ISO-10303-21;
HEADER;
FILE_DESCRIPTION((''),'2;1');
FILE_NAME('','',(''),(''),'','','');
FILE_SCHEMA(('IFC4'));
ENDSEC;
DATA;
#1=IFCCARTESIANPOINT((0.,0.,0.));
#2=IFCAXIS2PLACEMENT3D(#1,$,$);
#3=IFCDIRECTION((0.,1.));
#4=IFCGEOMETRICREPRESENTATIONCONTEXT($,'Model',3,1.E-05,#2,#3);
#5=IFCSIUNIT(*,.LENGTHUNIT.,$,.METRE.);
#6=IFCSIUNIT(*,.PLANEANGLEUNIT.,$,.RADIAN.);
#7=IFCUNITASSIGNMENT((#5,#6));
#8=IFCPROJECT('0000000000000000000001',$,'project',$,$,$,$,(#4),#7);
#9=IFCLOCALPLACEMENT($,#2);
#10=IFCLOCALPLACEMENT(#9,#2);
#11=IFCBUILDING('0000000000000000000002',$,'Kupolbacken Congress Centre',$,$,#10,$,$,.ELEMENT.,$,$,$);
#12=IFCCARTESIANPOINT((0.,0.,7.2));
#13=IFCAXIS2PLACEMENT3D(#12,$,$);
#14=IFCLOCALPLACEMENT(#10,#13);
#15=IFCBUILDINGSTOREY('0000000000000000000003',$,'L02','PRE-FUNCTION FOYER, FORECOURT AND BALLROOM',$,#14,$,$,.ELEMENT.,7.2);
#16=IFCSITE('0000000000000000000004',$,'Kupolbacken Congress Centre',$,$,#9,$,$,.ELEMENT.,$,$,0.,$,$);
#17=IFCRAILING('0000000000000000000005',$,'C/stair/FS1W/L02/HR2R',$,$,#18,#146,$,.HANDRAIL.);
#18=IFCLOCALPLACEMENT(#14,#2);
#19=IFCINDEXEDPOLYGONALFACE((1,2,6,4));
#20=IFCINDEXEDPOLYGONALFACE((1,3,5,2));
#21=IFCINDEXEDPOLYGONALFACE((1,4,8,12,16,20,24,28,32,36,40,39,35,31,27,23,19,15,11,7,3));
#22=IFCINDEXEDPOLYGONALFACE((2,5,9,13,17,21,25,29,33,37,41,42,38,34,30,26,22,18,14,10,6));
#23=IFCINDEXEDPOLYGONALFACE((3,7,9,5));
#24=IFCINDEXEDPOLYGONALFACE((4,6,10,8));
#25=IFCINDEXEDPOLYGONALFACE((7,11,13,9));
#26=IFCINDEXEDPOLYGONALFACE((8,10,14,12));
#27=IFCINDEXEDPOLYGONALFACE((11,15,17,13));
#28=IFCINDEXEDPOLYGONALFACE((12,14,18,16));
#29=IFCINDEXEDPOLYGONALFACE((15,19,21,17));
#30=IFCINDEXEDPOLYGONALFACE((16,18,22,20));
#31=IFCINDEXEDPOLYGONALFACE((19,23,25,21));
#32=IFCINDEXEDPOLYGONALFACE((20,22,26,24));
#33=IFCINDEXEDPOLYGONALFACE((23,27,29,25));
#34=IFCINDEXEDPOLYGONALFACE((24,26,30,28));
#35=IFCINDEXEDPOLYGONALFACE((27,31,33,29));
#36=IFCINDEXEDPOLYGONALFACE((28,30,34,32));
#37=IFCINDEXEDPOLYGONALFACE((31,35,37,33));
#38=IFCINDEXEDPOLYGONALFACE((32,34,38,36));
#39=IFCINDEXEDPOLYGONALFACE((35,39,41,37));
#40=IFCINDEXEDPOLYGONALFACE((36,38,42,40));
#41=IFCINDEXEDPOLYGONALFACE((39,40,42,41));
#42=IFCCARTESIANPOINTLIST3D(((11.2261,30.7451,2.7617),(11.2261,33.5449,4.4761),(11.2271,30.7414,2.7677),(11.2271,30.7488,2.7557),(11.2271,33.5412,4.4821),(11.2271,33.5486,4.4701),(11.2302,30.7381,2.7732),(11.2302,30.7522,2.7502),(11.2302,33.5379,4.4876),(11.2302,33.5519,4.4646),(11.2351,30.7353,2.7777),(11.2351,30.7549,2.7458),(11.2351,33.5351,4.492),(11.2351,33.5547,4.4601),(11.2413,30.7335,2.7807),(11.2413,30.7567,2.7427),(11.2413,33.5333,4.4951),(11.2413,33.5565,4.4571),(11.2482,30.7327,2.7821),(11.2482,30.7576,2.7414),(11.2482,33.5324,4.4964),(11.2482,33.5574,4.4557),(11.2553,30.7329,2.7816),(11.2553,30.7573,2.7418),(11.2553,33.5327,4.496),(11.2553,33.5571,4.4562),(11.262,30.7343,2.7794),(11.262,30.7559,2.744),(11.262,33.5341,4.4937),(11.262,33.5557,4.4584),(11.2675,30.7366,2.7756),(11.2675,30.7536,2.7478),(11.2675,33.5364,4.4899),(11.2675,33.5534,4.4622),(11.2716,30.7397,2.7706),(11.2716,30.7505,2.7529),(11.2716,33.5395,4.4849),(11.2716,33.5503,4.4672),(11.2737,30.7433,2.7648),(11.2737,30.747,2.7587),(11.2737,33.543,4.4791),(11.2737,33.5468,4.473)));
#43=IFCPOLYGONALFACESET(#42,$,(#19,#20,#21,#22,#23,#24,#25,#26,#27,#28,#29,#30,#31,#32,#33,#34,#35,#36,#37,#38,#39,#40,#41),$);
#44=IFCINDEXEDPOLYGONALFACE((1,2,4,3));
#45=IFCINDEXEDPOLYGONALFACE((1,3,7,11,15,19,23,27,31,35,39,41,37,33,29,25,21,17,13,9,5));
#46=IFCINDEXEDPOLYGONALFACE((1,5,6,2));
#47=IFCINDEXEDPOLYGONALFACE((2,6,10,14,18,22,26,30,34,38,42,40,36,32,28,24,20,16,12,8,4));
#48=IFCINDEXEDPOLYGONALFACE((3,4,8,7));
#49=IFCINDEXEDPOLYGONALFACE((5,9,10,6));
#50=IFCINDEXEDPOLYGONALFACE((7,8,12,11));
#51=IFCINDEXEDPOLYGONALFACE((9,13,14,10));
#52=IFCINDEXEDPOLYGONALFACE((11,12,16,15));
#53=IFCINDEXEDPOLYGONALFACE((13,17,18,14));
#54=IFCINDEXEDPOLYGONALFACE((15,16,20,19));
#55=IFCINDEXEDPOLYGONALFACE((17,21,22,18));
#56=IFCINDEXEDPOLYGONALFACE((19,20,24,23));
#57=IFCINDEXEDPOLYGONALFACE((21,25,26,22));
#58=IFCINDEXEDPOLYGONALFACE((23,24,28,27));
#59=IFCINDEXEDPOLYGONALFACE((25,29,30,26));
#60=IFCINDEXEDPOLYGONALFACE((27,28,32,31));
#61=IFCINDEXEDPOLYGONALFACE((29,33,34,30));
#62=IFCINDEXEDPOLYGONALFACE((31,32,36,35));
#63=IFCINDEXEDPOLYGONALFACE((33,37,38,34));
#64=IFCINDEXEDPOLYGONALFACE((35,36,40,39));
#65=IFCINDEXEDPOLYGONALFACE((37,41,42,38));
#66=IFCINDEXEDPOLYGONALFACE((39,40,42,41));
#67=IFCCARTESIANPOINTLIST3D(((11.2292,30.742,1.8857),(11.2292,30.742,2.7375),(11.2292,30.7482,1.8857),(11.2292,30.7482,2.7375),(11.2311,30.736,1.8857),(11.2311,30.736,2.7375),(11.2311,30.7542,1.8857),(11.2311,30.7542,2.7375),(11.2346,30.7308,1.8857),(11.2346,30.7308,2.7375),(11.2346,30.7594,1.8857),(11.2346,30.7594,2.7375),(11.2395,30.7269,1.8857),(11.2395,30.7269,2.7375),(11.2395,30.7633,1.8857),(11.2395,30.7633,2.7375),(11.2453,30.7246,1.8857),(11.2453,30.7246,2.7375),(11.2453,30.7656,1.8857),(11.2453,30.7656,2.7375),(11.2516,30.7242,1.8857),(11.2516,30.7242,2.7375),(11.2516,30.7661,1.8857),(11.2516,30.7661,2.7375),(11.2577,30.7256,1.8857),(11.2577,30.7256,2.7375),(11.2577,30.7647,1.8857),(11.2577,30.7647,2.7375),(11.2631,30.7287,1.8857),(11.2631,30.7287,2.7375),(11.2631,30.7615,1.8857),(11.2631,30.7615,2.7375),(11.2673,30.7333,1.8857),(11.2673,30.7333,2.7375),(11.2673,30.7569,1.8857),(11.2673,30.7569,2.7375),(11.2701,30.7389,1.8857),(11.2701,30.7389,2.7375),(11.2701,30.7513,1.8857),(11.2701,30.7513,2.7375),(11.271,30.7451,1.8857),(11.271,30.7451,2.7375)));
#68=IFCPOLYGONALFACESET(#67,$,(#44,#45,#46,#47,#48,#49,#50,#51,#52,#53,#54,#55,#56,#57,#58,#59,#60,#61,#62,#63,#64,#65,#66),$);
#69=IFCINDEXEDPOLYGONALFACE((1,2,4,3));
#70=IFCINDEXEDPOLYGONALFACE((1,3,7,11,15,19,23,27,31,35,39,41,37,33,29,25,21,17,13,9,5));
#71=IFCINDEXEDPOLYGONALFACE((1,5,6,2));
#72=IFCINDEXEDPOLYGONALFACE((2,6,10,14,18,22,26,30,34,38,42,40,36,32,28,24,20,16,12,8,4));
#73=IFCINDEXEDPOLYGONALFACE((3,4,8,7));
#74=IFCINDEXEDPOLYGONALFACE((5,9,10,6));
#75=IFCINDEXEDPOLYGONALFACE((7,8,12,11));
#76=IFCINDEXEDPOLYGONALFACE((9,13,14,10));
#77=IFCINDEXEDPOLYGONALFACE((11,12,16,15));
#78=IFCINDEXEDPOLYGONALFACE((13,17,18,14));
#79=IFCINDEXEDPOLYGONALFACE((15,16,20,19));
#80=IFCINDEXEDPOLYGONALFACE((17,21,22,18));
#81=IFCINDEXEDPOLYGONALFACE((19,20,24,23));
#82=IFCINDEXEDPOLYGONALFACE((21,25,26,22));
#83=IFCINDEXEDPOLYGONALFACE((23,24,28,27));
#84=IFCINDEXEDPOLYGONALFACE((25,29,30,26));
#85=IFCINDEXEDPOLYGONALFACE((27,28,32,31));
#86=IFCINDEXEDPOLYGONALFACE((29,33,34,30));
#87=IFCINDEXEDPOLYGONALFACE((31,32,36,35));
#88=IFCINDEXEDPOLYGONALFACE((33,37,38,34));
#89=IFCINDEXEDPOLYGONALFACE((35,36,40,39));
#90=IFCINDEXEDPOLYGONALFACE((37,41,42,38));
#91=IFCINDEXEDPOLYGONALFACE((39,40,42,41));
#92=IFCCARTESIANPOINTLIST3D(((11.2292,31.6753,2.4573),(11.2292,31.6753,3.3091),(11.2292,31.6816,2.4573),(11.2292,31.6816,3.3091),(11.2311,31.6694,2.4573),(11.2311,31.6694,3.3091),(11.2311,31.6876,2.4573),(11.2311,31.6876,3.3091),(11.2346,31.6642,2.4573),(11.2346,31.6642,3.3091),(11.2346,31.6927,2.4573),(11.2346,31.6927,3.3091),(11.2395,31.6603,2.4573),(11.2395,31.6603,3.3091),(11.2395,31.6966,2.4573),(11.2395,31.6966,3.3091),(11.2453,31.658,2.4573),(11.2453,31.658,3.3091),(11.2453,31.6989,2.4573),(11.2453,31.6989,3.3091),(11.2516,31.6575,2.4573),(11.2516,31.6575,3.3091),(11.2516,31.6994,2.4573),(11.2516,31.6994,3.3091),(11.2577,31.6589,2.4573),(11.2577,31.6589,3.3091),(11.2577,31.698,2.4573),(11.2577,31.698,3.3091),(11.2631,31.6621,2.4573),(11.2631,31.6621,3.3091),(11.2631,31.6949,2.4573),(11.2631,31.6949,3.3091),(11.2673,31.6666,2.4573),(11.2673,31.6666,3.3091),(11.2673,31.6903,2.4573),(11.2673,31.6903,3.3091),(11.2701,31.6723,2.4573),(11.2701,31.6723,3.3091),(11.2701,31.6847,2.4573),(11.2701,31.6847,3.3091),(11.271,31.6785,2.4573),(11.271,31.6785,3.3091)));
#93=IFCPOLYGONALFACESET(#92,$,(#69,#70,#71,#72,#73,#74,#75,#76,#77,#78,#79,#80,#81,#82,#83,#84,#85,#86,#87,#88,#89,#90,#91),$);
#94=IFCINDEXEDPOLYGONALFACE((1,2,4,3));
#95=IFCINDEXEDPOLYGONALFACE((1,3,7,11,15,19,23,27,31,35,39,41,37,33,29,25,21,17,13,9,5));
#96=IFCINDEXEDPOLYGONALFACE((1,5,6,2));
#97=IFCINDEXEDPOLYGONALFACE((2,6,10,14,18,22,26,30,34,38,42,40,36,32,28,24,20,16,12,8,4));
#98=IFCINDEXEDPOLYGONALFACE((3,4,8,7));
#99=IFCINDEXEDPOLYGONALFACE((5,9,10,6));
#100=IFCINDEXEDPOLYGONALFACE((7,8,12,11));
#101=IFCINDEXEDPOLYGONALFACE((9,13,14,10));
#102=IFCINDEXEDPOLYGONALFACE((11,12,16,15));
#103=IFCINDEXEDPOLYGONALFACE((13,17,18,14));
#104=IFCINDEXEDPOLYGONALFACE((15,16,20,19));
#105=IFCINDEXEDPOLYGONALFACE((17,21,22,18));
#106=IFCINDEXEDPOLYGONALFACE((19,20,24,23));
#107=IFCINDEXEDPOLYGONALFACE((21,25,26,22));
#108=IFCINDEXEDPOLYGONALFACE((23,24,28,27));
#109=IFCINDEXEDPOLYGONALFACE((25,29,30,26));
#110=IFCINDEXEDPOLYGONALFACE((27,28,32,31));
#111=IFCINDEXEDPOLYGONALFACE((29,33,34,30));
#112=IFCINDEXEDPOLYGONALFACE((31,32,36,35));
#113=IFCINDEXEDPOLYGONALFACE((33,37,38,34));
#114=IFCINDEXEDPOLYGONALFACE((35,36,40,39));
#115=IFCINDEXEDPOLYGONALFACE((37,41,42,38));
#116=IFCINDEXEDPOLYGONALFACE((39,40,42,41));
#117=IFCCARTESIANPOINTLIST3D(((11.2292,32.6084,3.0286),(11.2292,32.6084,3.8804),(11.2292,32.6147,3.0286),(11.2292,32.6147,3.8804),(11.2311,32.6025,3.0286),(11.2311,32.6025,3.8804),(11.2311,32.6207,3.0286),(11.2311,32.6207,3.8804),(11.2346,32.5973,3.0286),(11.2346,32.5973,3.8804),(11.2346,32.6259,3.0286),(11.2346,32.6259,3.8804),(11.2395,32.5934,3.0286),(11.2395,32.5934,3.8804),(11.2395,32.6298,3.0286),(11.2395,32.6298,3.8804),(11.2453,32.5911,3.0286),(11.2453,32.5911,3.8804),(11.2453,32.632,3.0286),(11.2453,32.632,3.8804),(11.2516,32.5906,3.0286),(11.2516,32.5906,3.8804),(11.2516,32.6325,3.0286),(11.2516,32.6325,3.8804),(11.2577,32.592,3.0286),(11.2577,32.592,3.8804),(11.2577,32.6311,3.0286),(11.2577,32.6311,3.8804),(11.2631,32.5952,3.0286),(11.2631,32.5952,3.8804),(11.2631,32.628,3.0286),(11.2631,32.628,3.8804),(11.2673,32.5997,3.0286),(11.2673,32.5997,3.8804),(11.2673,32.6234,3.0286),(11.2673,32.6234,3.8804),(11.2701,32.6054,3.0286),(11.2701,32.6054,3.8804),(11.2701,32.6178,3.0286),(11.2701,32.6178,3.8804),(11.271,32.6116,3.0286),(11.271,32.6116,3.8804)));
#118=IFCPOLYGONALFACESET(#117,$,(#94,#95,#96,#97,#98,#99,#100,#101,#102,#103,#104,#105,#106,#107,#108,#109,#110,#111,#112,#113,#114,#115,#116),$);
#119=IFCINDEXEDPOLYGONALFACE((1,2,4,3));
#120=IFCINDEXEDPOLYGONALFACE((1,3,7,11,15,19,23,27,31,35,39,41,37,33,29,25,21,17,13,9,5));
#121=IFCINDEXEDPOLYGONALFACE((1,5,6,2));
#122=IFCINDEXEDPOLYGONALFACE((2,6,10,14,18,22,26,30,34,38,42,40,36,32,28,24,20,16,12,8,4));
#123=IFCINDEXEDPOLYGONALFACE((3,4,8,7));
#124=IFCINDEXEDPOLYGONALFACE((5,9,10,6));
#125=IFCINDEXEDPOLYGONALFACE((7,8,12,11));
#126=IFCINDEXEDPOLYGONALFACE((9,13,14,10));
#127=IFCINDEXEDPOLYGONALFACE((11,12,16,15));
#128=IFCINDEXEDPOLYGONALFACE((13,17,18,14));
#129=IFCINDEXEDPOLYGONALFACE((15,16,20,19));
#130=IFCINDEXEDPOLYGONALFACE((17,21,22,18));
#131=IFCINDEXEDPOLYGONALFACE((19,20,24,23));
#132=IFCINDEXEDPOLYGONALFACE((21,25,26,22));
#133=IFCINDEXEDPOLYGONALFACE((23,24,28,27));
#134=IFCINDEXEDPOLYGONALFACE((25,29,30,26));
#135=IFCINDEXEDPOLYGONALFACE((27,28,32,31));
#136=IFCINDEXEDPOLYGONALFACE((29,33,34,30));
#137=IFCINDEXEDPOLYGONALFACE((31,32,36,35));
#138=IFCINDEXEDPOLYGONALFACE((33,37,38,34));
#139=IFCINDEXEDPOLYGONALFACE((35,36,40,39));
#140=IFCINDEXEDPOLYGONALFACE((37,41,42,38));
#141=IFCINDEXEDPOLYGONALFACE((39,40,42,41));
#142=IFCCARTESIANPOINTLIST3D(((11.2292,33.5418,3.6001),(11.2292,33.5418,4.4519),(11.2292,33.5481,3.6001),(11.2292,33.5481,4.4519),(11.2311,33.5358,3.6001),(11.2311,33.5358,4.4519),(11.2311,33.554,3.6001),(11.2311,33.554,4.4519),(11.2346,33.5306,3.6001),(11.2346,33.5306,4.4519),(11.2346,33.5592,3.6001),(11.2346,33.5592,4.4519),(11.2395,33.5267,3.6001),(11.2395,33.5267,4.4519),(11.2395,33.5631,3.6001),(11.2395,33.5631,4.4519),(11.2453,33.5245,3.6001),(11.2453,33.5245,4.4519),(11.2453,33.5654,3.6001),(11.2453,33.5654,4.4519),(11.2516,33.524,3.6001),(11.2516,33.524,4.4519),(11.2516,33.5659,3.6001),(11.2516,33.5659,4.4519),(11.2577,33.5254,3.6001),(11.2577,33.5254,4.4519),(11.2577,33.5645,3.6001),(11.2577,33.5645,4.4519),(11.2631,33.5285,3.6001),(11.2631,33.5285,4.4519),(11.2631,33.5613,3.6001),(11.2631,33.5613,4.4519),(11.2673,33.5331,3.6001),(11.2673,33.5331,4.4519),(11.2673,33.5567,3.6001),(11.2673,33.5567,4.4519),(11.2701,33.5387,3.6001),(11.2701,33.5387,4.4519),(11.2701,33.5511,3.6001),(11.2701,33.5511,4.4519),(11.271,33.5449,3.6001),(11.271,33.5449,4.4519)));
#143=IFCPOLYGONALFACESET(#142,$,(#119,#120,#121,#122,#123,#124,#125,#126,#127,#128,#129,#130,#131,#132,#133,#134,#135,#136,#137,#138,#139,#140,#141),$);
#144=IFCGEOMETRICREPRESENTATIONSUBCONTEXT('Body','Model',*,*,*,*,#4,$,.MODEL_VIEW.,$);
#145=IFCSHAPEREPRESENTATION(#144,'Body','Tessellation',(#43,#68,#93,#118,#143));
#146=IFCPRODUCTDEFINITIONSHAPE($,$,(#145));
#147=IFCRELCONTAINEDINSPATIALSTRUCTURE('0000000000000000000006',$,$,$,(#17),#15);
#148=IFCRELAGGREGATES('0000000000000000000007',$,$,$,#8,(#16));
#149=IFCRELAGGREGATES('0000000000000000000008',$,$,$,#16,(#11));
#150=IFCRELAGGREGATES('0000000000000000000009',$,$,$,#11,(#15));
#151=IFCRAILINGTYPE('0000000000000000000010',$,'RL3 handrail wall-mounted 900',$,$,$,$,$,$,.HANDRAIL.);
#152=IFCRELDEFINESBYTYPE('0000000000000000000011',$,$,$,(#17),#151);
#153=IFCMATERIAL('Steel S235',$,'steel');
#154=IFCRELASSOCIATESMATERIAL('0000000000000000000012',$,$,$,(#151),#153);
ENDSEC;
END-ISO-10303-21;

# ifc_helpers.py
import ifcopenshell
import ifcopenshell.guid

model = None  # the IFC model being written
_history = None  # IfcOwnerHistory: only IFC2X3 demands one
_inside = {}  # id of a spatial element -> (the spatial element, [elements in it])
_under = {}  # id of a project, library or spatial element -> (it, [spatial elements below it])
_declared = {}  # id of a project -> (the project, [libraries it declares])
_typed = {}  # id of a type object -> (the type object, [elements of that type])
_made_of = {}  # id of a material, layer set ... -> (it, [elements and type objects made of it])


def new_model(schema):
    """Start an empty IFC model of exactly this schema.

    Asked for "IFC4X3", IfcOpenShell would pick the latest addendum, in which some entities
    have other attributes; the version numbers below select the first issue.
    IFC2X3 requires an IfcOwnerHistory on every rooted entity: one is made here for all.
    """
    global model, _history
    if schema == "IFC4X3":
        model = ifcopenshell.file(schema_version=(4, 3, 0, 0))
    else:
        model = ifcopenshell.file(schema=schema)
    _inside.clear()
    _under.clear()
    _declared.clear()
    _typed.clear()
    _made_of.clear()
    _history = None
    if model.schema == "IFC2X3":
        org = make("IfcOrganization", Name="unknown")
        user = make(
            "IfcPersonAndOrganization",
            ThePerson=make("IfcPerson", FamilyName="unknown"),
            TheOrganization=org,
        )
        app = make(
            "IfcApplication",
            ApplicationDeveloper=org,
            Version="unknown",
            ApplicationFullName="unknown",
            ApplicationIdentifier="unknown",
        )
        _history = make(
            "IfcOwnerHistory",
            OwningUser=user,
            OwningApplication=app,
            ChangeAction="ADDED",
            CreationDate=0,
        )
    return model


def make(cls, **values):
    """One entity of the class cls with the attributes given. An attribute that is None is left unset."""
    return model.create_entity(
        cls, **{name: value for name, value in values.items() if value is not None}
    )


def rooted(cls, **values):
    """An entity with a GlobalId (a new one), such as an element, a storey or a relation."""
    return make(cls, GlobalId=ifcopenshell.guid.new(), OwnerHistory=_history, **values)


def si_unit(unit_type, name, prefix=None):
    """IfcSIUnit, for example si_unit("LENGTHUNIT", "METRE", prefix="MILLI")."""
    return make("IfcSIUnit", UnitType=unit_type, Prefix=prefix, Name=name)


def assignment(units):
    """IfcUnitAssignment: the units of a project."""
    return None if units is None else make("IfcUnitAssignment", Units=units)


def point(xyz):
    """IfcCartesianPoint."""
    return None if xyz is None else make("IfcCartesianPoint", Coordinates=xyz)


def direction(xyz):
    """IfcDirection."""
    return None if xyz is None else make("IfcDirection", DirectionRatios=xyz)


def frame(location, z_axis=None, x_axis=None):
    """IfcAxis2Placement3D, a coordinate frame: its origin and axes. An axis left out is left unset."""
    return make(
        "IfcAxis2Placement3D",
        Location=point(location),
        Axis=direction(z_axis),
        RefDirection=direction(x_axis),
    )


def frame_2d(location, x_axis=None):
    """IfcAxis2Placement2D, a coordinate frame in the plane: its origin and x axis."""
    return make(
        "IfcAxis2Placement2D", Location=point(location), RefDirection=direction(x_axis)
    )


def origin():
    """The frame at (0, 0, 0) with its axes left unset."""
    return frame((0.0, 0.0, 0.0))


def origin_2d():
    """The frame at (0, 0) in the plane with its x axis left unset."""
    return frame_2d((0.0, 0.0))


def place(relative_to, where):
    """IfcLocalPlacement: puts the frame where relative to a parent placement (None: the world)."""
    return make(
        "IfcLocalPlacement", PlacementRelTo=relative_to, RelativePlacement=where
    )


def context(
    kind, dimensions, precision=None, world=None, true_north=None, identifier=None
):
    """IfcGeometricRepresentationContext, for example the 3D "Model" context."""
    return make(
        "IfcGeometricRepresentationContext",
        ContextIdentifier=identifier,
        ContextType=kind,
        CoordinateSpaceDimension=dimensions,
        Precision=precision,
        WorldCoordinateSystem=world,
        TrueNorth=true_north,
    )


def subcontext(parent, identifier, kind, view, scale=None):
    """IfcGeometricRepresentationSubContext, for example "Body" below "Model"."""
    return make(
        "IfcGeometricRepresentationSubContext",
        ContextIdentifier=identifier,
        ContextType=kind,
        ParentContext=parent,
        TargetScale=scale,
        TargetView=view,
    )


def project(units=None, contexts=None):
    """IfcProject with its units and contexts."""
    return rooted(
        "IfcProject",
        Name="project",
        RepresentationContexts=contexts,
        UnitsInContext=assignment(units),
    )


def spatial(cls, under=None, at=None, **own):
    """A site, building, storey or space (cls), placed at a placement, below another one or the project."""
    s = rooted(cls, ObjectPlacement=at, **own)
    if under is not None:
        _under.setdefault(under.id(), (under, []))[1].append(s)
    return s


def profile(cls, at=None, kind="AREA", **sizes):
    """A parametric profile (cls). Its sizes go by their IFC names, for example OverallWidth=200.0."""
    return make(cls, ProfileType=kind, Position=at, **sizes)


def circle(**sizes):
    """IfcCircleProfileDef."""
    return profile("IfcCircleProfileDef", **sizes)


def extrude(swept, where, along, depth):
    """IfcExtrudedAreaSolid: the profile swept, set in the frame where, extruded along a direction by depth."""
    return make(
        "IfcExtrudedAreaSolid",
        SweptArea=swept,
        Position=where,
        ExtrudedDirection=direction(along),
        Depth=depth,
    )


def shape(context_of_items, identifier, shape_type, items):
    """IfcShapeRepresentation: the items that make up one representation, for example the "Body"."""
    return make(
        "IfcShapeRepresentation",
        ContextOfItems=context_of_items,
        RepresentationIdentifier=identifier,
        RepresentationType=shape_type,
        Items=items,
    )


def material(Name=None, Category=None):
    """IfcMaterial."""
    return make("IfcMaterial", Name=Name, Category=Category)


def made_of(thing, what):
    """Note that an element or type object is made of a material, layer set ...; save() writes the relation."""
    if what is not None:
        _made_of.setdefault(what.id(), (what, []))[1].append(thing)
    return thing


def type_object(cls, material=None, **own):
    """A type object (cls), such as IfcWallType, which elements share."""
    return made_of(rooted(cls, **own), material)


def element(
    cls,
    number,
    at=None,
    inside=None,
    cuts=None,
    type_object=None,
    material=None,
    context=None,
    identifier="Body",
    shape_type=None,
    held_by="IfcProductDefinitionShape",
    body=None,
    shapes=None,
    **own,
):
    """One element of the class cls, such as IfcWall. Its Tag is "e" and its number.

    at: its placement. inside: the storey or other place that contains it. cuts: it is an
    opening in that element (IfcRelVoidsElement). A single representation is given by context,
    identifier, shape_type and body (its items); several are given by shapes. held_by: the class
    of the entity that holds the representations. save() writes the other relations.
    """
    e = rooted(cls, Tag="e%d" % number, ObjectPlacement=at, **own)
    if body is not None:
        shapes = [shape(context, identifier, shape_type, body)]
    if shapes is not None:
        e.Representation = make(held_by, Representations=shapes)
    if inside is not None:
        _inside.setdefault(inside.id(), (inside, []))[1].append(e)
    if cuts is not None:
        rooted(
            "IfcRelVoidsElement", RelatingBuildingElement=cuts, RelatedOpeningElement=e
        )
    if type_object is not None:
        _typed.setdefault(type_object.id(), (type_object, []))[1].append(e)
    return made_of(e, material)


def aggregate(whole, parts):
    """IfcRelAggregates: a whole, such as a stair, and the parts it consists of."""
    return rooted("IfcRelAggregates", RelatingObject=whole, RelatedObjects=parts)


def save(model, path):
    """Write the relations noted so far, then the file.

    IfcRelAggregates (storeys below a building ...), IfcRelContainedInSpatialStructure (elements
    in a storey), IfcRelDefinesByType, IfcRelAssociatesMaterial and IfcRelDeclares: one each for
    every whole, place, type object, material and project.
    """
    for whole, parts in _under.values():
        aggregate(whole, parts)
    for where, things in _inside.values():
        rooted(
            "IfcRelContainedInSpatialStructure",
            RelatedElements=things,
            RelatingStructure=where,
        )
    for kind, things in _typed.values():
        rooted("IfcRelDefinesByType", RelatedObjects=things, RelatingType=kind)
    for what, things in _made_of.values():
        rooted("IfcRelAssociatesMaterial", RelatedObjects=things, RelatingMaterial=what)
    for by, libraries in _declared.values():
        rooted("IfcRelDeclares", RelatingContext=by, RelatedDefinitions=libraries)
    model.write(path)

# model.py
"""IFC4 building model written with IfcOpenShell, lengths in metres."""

from ifc_helpers import new_model, si_unit, direction, frame, origin, origin_2d, place, context, subcontext, project, spatial, circle, extrude, material, type_object, element, save


model = new_model("IFC4")

# Units and contexts
model_context = context("Model", 3, precision=1e-05, world=origin(), true_north=direction((0.0, 1.0)))
body_context = subcontext(model_context, "Body", "Model", "MODEL_VIEW")
ifc_project = project(units=[si_unit("LENGTHUNIT", "METRE"), si_unit("PLANEANGLEUNIT", "RADIAN")], contexts=[model_context])

# Site, building, storey
site_placement = place(None, origin())
site = spatial("IfcSite", under=ifc_project, at=site_placement, Name="Kupolbacken Congress Centre", CompositionType="ELEMENT", RefElevation=0.0)
building_placement = place(site_placement, origin())
building = spatial("IfcBuilding", under=site, at=building_placement, Name="Kupolbacken Congress Centre", CompositionType="ELEMENT")
storey_placement = place(building_placement, frame((0.0, 0.0, 7.2)))
storey = spatial("IfcBuildingStorey", under=building, at=storey_placement, Name="L02", Description="PRE-FUNCTION FOYER, FORECOURT AND BALLROOM", CompositionType="ELEMENT", Elevation=7.2)

# Railing
ifc_material_1 = material(Name="Steel S235", Category="steel")
railing_type = type_object("IfcRailingType", Name="RL3 handrail wall-mounted 900", PredefinedType="HANDRAIL", material=ifc_material_1)
for number, where, name in (
    (1, (11.25, 30.7451, 1.8857), "C/stair/FS1W/L02/HR2R"),
):
    element("IfcRailing", number, at=place(storey_placement, frame(where)), inside=storey, type_object=railing_type, Name=name, PredefinedType="HANDRAIL", context=body_context, shape_type="SweptSolid", body=[
        extrude(circle(Radius=0.0239, at=origin_2d()), frame((0.0, 0.0, 0.876), z_axis=(0.0, 0.852826, 0.522196), x_axis=(-1.0, 0.0, 0.0)), (0.0, 0.0, 1.0), 3.283),
        extrude(circle(Radius=0.021, at=origin_2d()), origin(), (0.0, 0.0, 1.0), 0.8518),
        extrude(circle(Radius=0.021, at=origin_2d()), frame((0.0, 0.9333, 0.5715)), (0.0, 0.0, 1.0), 0.8518),
        extrude(circle(Radius=0.021, at=origin_2d()), frame((0.0, 1.8665, 1.1428)), (0.0, 0.0, 1.0), 0.8518),
        extrude(circle(Radius=0.021, at=origin_2d()), frame((0.0, 2.7998, 1.7144)), (0.0, 0.0, 1.0), 0.8518),
    ])

save(model, "model.ifc")
